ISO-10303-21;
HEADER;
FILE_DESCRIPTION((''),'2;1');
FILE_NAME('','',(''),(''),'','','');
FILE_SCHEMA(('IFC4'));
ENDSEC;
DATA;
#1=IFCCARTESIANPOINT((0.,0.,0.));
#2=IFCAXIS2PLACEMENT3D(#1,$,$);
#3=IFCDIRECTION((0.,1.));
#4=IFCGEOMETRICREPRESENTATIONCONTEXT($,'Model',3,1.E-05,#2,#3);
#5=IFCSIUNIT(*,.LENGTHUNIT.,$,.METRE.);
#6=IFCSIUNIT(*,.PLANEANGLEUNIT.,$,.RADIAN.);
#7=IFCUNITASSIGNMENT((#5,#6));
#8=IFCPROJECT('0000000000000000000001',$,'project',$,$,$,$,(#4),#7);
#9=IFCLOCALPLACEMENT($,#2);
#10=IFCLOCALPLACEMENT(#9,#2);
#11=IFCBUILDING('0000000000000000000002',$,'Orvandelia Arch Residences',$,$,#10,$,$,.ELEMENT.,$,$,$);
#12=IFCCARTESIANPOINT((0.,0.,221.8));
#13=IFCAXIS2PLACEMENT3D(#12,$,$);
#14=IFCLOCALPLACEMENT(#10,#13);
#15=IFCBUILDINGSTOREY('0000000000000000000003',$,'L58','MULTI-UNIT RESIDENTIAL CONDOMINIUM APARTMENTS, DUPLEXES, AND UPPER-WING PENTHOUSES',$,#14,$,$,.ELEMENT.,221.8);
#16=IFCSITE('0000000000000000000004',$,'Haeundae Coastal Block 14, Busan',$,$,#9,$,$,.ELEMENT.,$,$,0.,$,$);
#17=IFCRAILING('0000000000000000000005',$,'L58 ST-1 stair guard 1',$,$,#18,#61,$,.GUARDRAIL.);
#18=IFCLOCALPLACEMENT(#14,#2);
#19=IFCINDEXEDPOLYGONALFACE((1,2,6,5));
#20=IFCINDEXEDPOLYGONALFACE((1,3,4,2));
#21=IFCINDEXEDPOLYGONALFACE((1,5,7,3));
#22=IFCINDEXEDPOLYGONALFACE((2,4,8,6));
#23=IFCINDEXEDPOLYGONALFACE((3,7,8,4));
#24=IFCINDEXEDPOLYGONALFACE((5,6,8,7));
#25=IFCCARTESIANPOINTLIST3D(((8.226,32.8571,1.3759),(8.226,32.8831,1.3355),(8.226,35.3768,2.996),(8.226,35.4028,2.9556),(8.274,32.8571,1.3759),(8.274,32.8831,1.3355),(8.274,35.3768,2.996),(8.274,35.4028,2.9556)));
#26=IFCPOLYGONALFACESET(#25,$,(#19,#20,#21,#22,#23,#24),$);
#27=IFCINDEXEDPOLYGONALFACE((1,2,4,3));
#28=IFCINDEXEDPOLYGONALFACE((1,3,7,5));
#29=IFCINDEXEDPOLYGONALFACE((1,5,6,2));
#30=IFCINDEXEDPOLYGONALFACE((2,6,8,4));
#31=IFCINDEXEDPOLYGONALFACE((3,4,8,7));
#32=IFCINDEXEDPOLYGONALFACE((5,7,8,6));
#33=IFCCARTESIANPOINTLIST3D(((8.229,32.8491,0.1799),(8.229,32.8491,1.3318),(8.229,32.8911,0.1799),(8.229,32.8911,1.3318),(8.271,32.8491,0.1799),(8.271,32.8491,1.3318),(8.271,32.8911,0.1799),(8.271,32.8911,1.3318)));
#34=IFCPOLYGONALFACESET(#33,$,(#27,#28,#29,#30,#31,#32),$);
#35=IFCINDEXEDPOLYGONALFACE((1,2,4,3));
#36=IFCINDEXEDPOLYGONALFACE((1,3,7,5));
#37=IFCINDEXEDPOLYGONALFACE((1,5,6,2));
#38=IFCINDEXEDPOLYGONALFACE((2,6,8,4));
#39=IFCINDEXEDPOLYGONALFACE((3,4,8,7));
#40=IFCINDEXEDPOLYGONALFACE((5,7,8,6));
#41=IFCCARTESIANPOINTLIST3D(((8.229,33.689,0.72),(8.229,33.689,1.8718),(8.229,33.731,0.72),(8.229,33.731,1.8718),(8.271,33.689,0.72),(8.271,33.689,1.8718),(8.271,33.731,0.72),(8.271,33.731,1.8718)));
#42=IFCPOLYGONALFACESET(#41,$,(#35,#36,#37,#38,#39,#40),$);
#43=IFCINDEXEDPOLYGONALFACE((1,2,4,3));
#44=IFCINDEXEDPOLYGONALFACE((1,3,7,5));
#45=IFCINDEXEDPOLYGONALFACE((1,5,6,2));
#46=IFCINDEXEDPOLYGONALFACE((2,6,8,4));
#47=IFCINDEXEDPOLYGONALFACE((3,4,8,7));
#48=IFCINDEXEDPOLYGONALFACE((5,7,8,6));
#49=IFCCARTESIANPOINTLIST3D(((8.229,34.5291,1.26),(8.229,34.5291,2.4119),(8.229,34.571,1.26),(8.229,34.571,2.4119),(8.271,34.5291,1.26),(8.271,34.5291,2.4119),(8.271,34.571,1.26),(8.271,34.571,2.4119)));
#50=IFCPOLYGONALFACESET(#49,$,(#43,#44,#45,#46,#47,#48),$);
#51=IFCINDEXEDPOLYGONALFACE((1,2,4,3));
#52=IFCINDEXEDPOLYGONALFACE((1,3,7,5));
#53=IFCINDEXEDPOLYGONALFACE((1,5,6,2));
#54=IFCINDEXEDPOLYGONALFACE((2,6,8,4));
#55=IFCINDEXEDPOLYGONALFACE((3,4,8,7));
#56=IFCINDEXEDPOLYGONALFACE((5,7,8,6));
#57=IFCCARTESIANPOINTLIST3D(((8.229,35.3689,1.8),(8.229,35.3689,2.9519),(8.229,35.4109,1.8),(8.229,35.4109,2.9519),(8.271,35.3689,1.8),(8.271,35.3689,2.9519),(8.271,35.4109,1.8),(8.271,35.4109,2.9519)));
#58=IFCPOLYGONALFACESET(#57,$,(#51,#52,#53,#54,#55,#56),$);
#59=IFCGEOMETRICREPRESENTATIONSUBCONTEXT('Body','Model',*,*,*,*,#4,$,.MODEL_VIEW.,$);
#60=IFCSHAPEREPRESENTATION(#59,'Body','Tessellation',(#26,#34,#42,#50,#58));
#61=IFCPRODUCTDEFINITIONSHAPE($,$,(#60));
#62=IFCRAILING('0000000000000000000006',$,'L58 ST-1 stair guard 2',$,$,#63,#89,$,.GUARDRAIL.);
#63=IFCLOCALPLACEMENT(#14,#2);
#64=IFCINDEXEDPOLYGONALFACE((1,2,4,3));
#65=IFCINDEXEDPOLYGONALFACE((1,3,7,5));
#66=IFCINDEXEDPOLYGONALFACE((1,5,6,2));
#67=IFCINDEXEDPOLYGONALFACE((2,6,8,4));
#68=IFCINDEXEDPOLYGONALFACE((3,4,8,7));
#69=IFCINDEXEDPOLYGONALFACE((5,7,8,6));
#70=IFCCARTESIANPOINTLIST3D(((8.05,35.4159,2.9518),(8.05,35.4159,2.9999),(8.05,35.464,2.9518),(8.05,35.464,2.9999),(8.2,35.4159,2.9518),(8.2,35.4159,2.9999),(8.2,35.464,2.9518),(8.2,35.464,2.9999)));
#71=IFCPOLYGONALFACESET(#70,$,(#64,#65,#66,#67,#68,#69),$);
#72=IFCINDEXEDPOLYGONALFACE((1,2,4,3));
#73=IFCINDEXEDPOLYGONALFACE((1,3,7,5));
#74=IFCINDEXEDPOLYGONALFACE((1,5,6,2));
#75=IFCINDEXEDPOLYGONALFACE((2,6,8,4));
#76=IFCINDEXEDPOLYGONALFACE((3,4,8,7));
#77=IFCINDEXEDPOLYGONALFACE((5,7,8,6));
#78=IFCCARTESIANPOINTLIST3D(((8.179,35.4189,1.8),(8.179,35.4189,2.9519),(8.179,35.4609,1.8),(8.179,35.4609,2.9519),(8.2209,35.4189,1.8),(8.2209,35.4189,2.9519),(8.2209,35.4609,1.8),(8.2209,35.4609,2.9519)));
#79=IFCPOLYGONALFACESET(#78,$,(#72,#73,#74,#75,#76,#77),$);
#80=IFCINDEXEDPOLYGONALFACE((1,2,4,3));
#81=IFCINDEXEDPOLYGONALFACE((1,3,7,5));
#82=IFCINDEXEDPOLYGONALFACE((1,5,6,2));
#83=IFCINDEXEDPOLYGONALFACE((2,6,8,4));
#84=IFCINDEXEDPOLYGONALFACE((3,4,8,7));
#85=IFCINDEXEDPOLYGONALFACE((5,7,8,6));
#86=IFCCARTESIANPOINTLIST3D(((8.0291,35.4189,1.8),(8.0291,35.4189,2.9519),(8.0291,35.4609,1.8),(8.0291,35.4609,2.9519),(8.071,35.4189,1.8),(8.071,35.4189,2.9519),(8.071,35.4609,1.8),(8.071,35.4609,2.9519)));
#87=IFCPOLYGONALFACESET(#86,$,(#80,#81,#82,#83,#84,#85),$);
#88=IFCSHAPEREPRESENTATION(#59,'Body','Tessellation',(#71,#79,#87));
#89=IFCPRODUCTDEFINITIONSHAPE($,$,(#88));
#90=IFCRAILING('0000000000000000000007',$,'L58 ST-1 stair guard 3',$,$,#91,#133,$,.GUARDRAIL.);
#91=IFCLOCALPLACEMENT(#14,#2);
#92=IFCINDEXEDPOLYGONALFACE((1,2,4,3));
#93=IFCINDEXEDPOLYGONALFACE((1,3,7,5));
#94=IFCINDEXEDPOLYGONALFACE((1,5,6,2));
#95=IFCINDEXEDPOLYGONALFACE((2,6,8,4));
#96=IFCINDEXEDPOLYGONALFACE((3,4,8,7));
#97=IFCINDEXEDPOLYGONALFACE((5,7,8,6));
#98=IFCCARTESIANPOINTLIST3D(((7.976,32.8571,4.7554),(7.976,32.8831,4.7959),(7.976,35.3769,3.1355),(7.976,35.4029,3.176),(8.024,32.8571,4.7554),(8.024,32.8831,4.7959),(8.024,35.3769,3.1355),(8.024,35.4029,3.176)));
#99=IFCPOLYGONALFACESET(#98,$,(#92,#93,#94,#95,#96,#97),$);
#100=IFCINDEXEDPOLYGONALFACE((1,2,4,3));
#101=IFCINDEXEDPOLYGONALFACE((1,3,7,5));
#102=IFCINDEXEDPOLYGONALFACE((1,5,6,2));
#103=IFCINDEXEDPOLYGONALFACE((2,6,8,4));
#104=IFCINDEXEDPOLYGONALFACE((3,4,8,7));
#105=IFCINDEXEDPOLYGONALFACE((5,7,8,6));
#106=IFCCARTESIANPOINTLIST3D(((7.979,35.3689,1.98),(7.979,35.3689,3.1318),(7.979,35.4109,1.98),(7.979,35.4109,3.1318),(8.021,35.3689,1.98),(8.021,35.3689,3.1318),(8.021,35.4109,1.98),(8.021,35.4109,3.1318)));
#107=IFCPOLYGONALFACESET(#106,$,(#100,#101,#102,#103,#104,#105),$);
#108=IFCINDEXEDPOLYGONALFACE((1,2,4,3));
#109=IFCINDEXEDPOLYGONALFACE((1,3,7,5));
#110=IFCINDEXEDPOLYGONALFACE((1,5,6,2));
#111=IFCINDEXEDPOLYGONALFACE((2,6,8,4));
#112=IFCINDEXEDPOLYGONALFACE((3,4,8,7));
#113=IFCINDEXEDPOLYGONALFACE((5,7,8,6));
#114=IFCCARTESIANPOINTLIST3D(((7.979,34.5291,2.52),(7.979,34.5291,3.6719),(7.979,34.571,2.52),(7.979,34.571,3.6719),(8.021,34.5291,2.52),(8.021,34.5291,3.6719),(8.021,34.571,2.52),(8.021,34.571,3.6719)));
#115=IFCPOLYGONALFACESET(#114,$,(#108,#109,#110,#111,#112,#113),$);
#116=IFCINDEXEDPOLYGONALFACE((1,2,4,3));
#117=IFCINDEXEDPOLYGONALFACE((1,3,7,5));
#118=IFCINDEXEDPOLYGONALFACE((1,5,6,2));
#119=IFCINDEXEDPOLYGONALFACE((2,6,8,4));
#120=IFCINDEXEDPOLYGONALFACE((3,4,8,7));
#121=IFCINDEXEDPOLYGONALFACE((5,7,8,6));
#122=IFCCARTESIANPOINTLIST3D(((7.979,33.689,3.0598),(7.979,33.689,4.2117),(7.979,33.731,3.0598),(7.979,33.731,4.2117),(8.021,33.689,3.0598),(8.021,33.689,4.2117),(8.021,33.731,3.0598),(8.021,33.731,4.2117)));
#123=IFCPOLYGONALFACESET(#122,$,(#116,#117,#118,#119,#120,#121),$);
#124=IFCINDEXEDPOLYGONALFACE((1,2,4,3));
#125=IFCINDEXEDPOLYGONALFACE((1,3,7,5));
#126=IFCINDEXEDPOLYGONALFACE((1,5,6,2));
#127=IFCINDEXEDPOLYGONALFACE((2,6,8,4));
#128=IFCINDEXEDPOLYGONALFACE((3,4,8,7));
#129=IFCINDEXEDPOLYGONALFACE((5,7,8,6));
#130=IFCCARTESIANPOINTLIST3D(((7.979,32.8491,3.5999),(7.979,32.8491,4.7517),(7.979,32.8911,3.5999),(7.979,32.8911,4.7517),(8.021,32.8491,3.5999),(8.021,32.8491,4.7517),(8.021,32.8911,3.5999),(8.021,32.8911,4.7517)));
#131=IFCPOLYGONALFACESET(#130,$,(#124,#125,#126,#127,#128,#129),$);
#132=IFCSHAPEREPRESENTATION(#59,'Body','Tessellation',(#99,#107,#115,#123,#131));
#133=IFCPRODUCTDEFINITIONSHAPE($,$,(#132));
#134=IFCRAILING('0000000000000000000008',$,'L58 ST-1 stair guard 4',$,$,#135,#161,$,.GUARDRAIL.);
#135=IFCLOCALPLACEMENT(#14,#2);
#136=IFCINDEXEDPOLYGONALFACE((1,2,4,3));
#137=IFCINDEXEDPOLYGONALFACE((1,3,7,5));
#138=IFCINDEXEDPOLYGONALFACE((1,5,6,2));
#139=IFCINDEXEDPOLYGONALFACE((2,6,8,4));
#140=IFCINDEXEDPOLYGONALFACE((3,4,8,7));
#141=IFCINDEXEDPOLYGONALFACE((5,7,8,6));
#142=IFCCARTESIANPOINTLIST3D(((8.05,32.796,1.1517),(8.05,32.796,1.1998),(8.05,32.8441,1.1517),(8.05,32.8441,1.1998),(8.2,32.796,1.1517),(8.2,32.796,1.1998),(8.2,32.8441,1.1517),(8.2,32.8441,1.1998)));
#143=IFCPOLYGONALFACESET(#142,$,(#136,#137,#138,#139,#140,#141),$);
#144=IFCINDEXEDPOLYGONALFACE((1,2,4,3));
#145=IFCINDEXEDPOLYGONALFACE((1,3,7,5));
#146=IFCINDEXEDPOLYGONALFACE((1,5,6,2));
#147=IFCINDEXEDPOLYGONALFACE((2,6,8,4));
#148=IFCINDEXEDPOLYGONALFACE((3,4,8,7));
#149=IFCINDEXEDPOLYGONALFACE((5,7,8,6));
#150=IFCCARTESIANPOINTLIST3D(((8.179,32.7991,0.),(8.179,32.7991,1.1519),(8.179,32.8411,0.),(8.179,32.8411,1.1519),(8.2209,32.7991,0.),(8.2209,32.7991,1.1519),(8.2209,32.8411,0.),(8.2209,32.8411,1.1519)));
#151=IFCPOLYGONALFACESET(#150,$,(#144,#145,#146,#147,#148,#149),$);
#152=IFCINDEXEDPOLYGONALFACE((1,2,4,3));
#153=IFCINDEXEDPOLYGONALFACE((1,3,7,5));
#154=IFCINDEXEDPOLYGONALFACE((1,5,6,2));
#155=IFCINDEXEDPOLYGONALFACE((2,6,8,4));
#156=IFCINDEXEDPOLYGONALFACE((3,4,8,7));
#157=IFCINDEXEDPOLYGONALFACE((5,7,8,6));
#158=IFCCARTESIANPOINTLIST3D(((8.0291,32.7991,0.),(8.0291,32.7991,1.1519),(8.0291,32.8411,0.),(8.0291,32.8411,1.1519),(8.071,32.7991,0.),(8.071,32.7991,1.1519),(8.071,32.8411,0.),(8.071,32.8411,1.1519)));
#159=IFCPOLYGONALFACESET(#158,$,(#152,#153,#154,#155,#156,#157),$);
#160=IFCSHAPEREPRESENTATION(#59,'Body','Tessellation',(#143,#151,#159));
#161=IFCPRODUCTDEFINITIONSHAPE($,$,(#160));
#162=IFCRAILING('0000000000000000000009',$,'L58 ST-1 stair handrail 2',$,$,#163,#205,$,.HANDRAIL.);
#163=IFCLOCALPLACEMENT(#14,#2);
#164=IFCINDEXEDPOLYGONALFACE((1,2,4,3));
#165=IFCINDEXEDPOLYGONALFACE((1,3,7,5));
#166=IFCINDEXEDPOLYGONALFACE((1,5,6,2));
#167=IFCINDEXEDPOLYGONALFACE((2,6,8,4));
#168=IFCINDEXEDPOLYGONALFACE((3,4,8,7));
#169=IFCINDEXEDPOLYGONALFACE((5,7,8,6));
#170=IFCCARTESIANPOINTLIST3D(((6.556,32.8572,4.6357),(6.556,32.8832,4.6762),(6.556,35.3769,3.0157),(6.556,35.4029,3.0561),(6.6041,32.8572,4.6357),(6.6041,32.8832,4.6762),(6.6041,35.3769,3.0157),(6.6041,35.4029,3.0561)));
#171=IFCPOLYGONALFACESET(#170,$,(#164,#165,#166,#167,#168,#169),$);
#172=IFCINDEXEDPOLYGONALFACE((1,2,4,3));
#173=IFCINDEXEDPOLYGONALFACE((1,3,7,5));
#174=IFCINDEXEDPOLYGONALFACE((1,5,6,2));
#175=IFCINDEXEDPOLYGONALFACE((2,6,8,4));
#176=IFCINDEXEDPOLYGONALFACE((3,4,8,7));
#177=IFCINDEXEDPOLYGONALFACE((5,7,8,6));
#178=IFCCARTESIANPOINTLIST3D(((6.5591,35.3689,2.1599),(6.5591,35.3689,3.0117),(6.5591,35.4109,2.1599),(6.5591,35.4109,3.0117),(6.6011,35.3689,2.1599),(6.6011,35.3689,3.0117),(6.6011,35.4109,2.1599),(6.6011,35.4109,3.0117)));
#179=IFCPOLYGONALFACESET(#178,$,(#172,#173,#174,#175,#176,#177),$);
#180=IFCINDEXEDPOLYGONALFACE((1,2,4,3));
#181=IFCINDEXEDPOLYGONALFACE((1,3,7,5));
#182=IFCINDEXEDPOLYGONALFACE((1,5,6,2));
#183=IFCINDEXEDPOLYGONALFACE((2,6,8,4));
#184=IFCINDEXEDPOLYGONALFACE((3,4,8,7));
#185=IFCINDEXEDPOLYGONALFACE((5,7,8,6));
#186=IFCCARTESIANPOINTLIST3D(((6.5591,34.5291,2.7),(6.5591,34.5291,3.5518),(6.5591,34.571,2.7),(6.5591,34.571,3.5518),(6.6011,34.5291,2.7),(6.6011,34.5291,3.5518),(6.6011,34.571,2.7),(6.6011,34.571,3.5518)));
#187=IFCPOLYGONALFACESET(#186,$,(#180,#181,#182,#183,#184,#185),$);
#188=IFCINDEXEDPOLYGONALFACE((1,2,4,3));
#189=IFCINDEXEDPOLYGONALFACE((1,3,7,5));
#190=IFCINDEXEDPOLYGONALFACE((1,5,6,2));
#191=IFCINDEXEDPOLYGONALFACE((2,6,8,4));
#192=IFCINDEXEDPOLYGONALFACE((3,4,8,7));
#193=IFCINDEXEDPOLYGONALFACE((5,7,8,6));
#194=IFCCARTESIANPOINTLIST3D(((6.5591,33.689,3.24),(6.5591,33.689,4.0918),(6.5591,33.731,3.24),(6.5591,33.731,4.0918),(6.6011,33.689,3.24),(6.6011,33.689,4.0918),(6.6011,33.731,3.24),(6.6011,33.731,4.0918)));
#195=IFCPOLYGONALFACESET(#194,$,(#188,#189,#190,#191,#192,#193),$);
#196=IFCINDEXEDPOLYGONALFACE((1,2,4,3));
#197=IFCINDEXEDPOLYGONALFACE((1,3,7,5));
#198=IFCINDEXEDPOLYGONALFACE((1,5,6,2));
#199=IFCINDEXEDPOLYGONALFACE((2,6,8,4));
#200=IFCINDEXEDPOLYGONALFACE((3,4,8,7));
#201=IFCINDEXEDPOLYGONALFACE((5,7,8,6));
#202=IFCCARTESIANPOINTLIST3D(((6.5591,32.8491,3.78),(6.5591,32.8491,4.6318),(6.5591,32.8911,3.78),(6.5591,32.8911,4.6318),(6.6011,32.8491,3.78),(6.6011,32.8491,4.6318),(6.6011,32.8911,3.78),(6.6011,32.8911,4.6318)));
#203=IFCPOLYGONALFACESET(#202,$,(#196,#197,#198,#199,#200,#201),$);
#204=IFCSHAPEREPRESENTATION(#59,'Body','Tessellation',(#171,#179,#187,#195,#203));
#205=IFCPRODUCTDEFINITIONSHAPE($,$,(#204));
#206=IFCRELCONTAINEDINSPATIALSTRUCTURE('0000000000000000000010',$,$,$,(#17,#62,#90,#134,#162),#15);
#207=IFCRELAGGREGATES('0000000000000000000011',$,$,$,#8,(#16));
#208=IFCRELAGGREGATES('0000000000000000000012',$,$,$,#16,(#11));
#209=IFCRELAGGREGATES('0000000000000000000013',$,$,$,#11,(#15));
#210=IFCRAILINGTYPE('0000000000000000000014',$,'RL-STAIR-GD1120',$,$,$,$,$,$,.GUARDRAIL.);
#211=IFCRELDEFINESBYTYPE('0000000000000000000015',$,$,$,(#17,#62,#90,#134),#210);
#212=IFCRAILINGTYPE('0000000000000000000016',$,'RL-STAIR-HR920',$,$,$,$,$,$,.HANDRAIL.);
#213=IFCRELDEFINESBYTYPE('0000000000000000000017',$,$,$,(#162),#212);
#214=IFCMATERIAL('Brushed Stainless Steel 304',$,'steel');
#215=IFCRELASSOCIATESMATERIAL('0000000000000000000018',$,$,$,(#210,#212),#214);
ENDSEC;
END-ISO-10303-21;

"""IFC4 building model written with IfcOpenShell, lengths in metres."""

from ifc_helpers import new_model, si_unit, direction, frame, origin, origin_2d, place, context, subcontext, project, spatial, rectangle, extrude, material, type_object, element, save


model = new_model("IFC4")

# Units and contexts
model_context = context("Model", 3, precision=1e-05, world=origin(), true_north=direction((0.0, 1.0)))
body_context = subcontext(model_context, "Body", "Model", "MODEL_VIEW")
ifc_project = project(units=[si_unit("LENGTHUNIT", "METRE"), si_unit("PLANEANGLEUNIT", "RADIAN")], contexts=[model_context])

# Site, building, storey
site_placement = place(None, origin())
site = spatial("IfcSite", under=ifc_project, at=site_placement, Name="Haeundae Coastal Block 14, Busan", CompositionType="ELEMENT", RefElevation=0.0)
building_placement = place(site_placement, origin())
building = spatial("IfcBuilding", under=site, at=building_placement, Name="Orvandelia Arch Residences", CompositionType="ELEMENT")
storey_placement = place(building_placement, frame((0.0, 0.0, 221.8)))
storey = spatial("IfcBuildingStorey", under=building, at=storey_placement, Name="L58", Description="MULTI-UNIT RESIDENTIAL CONDOMINIUM APARTMENTS, DUPLEXES, AND UPPER-WING PENTHOUSES", CompositionType="ELEMENT", Elevation=221.8)

# Railings
ifc_material_1 = material(Name="Brushed Stainless Steel 304", Category="steel")
railing_type_1 = type_object("IfcRailingType", Name="RL-STAIR-GD1120", PredefinedType="GUARDRAIL", material=ifc_material_1)
railing_1_placement = place(storey_placement, frame((8.25, 32.8701, 0.1799)))
element("IfcRailing", 1, at=railing_1_placement, inside=storey, type_object=railing_type_1, Name="L58 ST-1 stair guard 1", PredefinedType="GUARDRAIL", context=body_context, shape_type="SweptSolid", body=[
    extrude(rectangle(XDim=0.0481, YDim=0.0481, at=origin_2d()), frame((0.0, 0.0, 1.1758), z_axis=(0.0, 0.841139, 0.540819), x_axis=(-1.0, 0.0, 0.0)), (0.0, 0.0, 1.0), 2.9956),
    extrude(rectangle(XDim=0.042, YDim=0.042, at=origin_2d()), origin(), (0.0, 0.0, 1.0), 1.1519),
    extrude(rectangle(XDim=0.042, YDim=0.042, at=origin_2d()), frame((0.0, 0.8398, 0.54)), (0.0, 0.0, 1.0), 1.1519),
    extrude(rectangle(XDim=0.042, YDim=0.042, at=origin_2d()), frame((0.0, 1.6799, 1.0801)), (0.0, 0.0, 1.0), 1.1519),
    extrude(rectangle(XDim=0.042, YDim=0.042, at=origin_2d()), frame((0.0, 2.5198, 1.6201)), (0.0, 0.0, 1.0), 1.1519),
])
railing_2_placement = place(storey_placement, frame((8.2, 35.4399, 1.8)))
element("IfcRailing", 2, at=railing_2_placement, inside=storey, type_object=railing_type_1, Name="L58 ST-1 stair guard 2", PredefinedType="GUARDRAIL", context=body_context, shape_type="SweptSolid", body=[
    extrude(rectangle(XDim=0.0481, YDim=0.0481, at=origin_2d()), frame((0.0, 0.0, 1.1758), z_axis=(-1.0, 0.0, 0.0), x_axis=(0.0, -1.0, 0.0)), (0.0, 0.0, 1.0), 0.1499),
    extrude(rectangle(XDim=0.042, YDim=0.042, at=origin_2d()), origin(), (0.0, 0.0, 1.0), 1.1519),
    extrude(rectangle(XDim=0.042, YDim=0.042, at=origin_2d()), frame((-0.1499, 0.0, 0.0)), (0.0, 0.0, 1.0), 1.1519),
])
railing_3_placement = place(storey_placement, frame((8.0, 35.3899, 1.98)))
element("IfcRailing", 3, at=railing_3_placement, inside=storey, type_object=railing_type_1, Name="L58 ST-1 stair guard 3", PredefinedType="GUARDRAIL", context=body_context, shape_type="SweptSolid", body=[
    extrude(rectangle(XDim=0.0481, YDim=0.0481, at=origin_2d()), frame((0.0, 0.0, 1.1758), z_axis=(0.0, -0.841176, 0.540762), x_axis=(1.0, 0.0, 0.0)), (0.0, 0.0, 1.0), 2.9956),
    extrude(rectangle(XDim=0.042, YDim=0.042, at=origin_2d()), origin(), (0.0, 0.0, 1.0), 1.1519),
    extrude(rectangle(XDim=0.042, YDim=0.042, at=origin_2d()), frame((0.0, -0.8398, 0.54)), (0.0, 0.0, 1.0), 1.1519),
    extrude(rectangle(XDim=0.042, YDim=0.042, at=origin_2d()), frame((0.0, -1.6799, 1.0798)), (0.0, 0.0, 1.0), 1.1519),
    extrude(rectangle(XDim=0.042, YDim=0.042, at=origin_2d()), frame((0.0, -2.5198, 1.6199)), (0.0, 0.0, 1.0), 1.1519),
])
railing_4_placement = place(storey_placement, frame((8.2, 32.8201, 0.0)))
element("IfcRailing", 4, at=railing_4_placement, inside=storey, type_object=railing_type_1, Name="L58 ST-1 stair guard 4", PredefinedType="GUARDRAIL", context=body_context, shape_type="SweptSolid", body=[
    extrude(rectangle(XDim=0.0481, YDim=0.0481, at=origin_2d()), frame((0.0, 0.0, 1.1758), z_axis=(-1.0, 0.0, 0.0), x_axis=(0.0, -1.0, 0.0)), (0.0, 0.0, 1.0), 0.1499),
    extrude(rectangle(XDim=0.042, YDim=0.042, at=origin_2d()), origin(), (0.0, 0.0, 1.0), 1.1519),
    extrude(rectangle(XDim=0.042, YDim=0.042, at=origin_2d()), frame((-0.1499, 0.0, 0.0)), (0.0, 0.0, 1.0), 1.1519),
])
railing_type_2 = type_object("IfcRailingType", Name="RL-STAIR-HR920", PredefinedType="HANDRAIL", material=ifc_material_1)
railing_5_placement = place(storey_placement, frame((6.5801, 35.3899, 2.1599)))
element("IfcRailing", 5, at=railing_5_placement, inside=storey, type_object=railing_type_2, Name="L58 ST-1 stair handrail 2", PredefinedType="HANDRAIL", context=body_context, shape_type="SweptSolid", body=[
    extrude(rectangle(XDim=0.0481, YDim=0.0481, at=origin_2d()), frame((0.0, 0.0, 0.876), z_axis=(0.0, -0.841139, 0.540819), x_axis=(1.0, 0.0, 0.0)), (0.0, 0.0, 1.0), 2.9956),
    extrude(rectangle(XDim=0.042, YDim=0.042, at=origin_2d()), origin(), (0.0, 0.0, 1.0), 0.8518),
    extrude(rectangle(XDim=0.042, YDim=0.042, at=origin_2d()), frame((0.0, -0.8398, 0.54)), (0.0, 0.0, 1.0), 0.8518),
    extrude(rectangle(XDim=0.042, YDim=0.042, at=origin_2d()), frame((0.0, -1.6799, 1.0801)), (0.0, 0.0, 1.0), 0.8518),
    extrude(rectangle(XDim=0.042, YDim=0.042, at=origin_2d()), frame((0.0, -2.5198, 1.6201)), (0.0, 0.0, 1.0), 0.8518),
])

save(model, "model.ifc")
